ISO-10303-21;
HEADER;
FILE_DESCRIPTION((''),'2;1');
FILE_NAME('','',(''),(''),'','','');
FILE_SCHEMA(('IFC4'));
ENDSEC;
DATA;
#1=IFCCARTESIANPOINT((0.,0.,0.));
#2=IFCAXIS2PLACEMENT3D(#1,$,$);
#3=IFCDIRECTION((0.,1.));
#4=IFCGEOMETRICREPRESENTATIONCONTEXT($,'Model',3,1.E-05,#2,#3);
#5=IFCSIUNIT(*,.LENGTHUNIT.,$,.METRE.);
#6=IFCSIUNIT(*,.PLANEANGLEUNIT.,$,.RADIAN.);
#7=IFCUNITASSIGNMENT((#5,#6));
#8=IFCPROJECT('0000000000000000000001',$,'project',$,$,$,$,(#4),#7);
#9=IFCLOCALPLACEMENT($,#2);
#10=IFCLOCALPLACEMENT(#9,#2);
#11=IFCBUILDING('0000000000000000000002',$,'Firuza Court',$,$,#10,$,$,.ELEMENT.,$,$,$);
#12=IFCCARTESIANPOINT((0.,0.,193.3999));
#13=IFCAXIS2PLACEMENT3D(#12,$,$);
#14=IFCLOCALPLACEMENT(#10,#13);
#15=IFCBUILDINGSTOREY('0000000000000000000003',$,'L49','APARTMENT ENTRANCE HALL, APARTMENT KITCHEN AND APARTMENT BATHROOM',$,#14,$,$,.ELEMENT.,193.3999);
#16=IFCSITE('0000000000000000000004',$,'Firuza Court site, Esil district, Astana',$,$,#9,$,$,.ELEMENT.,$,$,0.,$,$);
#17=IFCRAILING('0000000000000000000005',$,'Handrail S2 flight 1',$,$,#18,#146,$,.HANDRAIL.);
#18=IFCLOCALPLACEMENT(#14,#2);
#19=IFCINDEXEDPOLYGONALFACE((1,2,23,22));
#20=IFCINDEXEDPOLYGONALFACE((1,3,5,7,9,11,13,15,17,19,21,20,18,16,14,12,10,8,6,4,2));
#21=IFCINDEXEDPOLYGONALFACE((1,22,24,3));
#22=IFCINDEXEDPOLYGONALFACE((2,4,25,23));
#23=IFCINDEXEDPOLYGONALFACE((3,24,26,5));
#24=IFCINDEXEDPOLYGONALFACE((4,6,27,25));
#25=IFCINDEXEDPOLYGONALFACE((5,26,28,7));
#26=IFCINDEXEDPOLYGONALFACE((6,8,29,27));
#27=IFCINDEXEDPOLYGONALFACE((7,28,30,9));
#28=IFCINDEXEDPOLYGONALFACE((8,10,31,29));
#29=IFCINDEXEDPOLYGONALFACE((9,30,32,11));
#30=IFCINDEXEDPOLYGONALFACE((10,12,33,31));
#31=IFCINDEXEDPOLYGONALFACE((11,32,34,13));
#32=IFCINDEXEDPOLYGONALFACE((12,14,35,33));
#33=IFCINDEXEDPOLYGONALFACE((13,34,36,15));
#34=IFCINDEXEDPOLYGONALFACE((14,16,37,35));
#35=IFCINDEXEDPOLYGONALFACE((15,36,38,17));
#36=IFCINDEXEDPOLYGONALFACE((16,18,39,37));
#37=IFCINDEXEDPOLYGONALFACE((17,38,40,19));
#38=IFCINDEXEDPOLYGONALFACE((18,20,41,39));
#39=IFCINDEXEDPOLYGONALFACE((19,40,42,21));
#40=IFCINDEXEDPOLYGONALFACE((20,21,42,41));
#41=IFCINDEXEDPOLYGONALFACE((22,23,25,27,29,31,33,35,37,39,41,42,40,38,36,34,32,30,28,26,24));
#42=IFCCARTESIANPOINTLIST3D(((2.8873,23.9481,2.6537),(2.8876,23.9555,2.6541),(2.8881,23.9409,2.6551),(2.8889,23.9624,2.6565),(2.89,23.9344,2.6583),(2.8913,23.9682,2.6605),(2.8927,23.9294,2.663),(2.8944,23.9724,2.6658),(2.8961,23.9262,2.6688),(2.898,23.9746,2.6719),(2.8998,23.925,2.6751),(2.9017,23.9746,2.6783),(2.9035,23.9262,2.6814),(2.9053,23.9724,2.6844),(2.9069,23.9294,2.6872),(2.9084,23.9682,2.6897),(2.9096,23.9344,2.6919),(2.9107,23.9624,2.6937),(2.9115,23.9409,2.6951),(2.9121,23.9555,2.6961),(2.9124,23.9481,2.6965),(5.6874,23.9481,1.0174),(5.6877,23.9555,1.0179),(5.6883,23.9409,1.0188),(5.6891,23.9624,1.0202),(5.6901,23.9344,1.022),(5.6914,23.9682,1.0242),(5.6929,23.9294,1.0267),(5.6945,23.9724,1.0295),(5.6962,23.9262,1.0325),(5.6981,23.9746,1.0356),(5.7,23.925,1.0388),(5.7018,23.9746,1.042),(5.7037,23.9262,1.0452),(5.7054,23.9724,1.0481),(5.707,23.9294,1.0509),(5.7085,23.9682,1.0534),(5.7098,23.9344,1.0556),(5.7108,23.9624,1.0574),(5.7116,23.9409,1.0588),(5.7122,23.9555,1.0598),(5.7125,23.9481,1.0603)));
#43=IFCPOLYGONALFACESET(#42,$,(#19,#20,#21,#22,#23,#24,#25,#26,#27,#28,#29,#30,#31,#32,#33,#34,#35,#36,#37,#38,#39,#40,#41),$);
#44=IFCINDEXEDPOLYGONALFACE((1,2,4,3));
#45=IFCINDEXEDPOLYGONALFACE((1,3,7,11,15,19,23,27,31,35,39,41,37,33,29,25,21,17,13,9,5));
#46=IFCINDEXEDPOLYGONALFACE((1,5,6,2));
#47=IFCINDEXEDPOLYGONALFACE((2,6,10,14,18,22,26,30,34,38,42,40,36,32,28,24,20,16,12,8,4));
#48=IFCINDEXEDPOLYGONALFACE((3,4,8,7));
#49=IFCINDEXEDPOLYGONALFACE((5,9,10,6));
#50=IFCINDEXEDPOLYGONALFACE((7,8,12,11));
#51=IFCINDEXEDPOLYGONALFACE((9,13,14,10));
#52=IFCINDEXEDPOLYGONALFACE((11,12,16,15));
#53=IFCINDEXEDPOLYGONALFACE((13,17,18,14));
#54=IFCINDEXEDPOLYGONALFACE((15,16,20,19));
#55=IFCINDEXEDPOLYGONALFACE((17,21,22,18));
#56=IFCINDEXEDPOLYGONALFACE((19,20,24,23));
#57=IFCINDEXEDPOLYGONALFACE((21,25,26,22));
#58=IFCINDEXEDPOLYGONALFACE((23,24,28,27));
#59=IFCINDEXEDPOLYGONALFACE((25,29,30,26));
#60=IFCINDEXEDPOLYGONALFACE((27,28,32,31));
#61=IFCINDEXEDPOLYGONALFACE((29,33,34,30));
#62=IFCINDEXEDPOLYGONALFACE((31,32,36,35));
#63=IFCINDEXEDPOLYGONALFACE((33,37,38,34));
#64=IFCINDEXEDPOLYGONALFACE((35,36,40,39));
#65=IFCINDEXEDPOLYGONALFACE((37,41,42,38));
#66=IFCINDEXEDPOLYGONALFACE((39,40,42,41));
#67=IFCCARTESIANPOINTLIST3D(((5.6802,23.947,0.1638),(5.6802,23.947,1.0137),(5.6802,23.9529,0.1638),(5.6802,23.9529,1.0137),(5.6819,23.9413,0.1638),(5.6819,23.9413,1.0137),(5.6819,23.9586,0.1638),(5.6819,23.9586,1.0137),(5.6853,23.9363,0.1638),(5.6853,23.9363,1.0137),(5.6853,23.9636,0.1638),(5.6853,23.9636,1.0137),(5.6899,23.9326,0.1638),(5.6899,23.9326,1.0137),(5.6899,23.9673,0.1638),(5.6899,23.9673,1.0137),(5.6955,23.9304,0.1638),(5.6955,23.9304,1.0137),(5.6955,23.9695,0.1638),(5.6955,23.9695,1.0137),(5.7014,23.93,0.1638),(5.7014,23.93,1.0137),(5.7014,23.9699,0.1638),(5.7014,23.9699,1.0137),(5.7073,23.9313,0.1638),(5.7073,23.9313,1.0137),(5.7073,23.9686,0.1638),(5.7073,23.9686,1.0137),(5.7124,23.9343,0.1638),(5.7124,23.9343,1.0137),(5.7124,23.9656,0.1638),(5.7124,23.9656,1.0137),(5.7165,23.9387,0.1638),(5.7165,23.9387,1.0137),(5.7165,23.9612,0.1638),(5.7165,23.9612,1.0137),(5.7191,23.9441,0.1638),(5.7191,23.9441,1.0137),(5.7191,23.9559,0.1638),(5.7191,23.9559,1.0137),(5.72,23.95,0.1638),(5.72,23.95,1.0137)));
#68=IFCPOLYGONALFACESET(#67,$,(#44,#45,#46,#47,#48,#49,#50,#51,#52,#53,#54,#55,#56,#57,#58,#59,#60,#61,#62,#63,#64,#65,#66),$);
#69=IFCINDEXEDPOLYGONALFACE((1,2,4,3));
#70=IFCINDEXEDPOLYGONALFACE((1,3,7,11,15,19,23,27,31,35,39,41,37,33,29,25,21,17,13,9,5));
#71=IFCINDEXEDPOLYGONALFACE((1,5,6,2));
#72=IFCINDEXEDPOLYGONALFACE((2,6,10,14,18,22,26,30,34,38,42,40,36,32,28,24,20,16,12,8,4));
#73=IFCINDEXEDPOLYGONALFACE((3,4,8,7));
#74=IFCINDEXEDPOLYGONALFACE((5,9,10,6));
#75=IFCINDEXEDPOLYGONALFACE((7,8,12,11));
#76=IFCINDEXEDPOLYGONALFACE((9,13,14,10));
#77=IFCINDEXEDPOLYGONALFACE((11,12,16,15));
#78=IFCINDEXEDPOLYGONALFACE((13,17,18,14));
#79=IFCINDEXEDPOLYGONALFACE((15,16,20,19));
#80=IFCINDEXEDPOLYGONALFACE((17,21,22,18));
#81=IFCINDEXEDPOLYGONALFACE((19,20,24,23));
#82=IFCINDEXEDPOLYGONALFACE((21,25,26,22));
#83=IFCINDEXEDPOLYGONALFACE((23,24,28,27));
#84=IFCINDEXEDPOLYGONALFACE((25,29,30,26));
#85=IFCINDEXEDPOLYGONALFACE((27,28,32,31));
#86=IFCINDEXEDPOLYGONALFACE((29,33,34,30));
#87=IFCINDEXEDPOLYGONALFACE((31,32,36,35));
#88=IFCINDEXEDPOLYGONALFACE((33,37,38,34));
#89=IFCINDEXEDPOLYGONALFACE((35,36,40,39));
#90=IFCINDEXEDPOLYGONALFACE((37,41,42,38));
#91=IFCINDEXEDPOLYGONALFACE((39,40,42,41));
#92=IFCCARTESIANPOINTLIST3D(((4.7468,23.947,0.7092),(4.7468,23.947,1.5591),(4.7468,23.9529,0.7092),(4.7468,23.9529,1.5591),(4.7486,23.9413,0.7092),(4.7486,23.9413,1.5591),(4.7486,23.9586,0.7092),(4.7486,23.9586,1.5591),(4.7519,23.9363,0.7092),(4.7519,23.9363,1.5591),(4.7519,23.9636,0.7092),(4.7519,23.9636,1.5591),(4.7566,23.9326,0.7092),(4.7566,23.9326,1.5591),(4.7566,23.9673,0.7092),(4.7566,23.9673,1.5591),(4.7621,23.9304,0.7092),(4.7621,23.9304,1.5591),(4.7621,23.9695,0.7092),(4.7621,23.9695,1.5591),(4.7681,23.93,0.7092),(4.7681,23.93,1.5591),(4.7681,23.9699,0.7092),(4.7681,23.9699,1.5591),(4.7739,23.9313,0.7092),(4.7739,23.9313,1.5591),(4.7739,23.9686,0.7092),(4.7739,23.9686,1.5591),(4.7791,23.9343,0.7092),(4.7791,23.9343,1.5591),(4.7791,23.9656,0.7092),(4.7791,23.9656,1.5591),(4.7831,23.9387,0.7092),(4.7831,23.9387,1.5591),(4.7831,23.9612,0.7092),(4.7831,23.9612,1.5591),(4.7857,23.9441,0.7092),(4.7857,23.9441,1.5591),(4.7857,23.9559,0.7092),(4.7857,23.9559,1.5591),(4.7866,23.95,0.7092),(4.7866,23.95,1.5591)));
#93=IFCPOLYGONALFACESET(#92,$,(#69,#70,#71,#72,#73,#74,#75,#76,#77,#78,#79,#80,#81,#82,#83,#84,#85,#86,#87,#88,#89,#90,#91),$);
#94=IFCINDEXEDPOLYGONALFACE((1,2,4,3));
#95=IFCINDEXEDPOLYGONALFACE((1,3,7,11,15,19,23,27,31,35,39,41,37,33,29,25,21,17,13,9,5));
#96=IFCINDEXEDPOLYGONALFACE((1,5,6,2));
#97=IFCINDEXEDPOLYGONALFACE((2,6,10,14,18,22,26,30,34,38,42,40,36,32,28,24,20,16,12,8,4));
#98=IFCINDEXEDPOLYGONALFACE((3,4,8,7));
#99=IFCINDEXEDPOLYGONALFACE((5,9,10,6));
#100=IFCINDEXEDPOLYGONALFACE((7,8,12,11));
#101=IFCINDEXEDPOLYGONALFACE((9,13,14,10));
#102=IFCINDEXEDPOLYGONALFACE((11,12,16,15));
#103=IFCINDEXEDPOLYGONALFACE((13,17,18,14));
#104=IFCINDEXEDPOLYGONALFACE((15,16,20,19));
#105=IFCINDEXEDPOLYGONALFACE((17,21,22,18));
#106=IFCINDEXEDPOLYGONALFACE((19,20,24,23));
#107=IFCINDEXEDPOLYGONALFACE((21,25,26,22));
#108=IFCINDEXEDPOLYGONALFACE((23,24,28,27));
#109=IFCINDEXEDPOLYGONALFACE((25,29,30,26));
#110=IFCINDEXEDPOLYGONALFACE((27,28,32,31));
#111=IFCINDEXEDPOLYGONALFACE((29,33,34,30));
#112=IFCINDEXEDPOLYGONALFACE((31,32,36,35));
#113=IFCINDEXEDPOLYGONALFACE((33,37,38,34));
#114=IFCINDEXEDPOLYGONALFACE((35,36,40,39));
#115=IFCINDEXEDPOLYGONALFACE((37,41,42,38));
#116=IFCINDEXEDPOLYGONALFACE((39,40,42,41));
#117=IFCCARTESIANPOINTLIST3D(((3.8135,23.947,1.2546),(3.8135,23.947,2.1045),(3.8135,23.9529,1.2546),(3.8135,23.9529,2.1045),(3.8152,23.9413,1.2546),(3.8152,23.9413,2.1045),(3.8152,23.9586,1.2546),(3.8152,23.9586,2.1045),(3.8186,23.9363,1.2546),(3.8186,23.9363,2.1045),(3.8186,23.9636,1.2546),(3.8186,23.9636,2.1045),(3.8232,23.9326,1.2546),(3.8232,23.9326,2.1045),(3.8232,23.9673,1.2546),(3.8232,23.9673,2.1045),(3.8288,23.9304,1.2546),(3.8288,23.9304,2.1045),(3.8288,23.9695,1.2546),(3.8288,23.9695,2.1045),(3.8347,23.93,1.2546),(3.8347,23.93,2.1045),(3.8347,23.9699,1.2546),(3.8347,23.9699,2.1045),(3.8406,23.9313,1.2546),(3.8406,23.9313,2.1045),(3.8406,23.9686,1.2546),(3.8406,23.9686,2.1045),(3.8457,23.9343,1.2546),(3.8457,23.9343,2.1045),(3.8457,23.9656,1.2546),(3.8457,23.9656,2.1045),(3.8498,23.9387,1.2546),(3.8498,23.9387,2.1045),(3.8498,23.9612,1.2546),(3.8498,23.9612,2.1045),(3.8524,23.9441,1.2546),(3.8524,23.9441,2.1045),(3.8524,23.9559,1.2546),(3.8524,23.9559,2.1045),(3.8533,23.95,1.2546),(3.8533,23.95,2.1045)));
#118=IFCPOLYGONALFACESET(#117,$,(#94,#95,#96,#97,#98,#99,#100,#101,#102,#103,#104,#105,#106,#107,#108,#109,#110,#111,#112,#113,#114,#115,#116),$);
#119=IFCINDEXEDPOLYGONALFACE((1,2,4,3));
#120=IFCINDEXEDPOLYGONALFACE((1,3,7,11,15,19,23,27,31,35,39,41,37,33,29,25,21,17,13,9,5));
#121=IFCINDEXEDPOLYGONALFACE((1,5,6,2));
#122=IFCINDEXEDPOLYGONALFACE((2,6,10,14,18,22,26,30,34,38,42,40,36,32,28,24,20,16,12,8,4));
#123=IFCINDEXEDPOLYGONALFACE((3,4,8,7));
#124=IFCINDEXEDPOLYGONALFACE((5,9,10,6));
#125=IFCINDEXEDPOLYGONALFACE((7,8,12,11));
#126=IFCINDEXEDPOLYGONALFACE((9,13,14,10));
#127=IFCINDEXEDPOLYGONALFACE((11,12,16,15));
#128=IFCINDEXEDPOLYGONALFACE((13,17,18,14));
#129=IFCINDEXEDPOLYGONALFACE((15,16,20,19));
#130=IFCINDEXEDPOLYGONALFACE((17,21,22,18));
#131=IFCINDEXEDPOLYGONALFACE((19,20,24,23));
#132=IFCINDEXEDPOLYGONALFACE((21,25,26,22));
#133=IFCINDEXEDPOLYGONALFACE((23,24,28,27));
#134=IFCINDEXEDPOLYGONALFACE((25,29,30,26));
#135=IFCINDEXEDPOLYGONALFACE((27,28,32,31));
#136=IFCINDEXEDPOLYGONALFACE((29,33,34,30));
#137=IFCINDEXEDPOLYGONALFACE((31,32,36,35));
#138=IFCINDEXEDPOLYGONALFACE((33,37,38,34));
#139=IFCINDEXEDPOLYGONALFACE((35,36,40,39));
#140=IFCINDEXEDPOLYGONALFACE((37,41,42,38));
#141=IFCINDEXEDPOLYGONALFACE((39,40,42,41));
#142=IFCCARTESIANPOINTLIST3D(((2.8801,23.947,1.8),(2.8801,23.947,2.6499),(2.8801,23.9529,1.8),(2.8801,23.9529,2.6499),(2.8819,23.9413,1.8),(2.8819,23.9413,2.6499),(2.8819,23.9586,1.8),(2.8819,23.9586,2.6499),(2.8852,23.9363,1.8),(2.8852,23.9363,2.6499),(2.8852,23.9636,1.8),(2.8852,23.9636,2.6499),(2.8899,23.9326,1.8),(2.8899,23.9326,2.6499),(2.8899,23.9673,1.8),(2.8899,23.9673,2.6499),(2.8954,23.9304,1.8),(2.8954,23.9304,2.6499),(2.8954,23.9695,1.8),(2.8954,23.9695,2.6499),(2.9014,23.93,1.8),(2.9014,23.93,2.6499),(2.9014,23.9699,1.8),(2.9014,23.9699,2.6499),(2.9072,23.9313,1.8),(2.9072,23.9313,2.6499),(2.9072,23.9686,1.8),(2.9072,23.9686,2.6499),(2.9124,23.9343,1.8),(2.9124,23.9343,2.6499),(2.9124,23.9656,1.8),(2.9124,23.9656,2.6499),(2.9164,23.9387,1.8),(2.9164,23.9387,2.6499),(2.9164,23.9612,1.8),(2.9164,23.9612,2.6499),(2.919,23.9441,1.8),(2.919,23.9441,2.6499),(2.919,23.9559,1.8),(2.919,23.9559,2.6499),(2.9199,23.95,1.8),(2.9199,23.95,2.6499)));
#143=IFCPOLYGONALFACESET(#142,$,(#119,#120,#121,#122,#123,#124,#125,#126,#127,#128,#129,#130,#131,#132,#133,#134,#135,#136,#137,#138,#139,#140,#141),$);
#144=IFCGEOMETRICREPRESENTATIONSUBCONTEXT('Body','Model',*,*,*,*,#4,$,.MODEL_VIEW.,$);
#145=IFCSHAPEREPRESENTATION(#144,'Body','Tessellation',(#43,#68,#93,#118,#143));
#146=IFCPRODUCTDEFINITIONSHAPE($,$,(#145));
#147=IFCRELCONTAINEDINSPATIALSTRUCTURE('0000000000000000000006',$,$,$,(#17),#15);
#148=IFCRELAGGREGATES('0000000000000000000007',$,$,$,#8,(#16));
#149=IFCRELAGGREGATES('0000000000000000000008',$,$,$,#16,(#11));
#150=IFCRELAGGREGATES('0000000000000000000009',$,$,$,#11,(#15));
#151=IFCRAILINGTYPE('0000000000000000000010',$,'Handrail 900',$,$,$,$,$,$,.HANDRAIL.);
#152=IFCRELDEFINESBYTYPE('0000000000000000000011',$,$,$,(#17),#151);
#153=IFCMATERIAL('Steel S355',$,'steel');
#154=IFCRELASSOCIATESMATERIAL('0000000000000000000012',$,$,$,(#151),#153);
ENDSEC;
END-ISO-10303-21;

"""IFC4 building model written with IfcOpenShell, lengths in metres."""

from ifc_helpers import new_model, si_unit, direction, frame, origin, origin_2d, place, context, subcontext, project, spatial, circle, extrude, material, type_object, element, save


model = new_model("IFC4")

# Units and contexts
model_context = context("Model", 3, precision=1e-05, world=origin(), true_north=direction((0.0, 1.0)))
body_context = subcontext(model_context, "Body", "Model", "MODEL_VIEW")
ifc_project = project(units=[si_unit("LENGTHUNIT", "METRE"), si_unit("PLANEANGLEUNIT", "RADIAN")], contexts=[model_context])

# Site, building, storey
site_placement = place(None, origin())
site = spatial("IfcSite", under=ifc_project, at=site_placement, Name="Firuza Court site, Esil district, Astana", CompositionType="ELEMENT", RefElevation=0.0)
building_placement = place(site_placement, origin())
building = spatial("IfcBuilding", under=site, at=building_placement, Name="Firuza Court", CompositionType="ELEMENT")
storey_placement = place(building_placement, frame((0.0, 0.0, 193.3999)))
storey = spatial("IfcBuildingStorey", under=building, at=storey_placement, Name="L49", Description="APARTMENT ENTRANCE HALL, APARTMENT KITCHEN AND APARTMENT BATHROOM", CompositionType="ELEMENT", Elevation=193.3999)

# Railing
ifc_material_1 = material(Name="Steel S355", Category="steel")
railing_type_1 = type_object("IfcRailingType", Name="Handrail 900", PredefinedType="HANDRAIL", material=ifc_material_1)
railing_1_placement = place(storey_placement, frame((5.7, 23.95, 0.1638)))
element("IfcRailing", 1, at=railing_1_placement, inside=storey, type_object=railing_type_1, Name="Handrail S2 flight 1", PredefinedType="HANDRAIL", context=body_context, shape_type="SweptSolid", body=[
    extrude(circle(Radius=0.0249, at=origin_2d()), frame((0.0, 0.0, 0.875), z_axis=(-0.863394, 0.0, 0.504531), x_axis=(0.0, -1.0, 0.0)), (0.0, 0.0, 1.0), 3.2432),
    extrude(circle(Radius=0.02, at=origin_2d()), origin(), (0.0, 0.0, 1.0), 0.8499),
    extrude(circle(Radius=0.02, at=origin_2d()), frame((-0.9333, 0.0, 0.5454)), (0.0, 0.0, 1.0), 0.8499),
    extrude(circle(Radius=0.02, at=origin_2d()), frame((-1.8667, 0.0, 1.0908)), (0.0, 0.0, 1.0), 0.8499),
    extrude(circle(Radius=0.02, at=origin_2d()), frame((-2.8, 0.0, 1.6362)), (0.0, 0.0, 1.0), 0.8499),
])

save(model, "model.ifc")
